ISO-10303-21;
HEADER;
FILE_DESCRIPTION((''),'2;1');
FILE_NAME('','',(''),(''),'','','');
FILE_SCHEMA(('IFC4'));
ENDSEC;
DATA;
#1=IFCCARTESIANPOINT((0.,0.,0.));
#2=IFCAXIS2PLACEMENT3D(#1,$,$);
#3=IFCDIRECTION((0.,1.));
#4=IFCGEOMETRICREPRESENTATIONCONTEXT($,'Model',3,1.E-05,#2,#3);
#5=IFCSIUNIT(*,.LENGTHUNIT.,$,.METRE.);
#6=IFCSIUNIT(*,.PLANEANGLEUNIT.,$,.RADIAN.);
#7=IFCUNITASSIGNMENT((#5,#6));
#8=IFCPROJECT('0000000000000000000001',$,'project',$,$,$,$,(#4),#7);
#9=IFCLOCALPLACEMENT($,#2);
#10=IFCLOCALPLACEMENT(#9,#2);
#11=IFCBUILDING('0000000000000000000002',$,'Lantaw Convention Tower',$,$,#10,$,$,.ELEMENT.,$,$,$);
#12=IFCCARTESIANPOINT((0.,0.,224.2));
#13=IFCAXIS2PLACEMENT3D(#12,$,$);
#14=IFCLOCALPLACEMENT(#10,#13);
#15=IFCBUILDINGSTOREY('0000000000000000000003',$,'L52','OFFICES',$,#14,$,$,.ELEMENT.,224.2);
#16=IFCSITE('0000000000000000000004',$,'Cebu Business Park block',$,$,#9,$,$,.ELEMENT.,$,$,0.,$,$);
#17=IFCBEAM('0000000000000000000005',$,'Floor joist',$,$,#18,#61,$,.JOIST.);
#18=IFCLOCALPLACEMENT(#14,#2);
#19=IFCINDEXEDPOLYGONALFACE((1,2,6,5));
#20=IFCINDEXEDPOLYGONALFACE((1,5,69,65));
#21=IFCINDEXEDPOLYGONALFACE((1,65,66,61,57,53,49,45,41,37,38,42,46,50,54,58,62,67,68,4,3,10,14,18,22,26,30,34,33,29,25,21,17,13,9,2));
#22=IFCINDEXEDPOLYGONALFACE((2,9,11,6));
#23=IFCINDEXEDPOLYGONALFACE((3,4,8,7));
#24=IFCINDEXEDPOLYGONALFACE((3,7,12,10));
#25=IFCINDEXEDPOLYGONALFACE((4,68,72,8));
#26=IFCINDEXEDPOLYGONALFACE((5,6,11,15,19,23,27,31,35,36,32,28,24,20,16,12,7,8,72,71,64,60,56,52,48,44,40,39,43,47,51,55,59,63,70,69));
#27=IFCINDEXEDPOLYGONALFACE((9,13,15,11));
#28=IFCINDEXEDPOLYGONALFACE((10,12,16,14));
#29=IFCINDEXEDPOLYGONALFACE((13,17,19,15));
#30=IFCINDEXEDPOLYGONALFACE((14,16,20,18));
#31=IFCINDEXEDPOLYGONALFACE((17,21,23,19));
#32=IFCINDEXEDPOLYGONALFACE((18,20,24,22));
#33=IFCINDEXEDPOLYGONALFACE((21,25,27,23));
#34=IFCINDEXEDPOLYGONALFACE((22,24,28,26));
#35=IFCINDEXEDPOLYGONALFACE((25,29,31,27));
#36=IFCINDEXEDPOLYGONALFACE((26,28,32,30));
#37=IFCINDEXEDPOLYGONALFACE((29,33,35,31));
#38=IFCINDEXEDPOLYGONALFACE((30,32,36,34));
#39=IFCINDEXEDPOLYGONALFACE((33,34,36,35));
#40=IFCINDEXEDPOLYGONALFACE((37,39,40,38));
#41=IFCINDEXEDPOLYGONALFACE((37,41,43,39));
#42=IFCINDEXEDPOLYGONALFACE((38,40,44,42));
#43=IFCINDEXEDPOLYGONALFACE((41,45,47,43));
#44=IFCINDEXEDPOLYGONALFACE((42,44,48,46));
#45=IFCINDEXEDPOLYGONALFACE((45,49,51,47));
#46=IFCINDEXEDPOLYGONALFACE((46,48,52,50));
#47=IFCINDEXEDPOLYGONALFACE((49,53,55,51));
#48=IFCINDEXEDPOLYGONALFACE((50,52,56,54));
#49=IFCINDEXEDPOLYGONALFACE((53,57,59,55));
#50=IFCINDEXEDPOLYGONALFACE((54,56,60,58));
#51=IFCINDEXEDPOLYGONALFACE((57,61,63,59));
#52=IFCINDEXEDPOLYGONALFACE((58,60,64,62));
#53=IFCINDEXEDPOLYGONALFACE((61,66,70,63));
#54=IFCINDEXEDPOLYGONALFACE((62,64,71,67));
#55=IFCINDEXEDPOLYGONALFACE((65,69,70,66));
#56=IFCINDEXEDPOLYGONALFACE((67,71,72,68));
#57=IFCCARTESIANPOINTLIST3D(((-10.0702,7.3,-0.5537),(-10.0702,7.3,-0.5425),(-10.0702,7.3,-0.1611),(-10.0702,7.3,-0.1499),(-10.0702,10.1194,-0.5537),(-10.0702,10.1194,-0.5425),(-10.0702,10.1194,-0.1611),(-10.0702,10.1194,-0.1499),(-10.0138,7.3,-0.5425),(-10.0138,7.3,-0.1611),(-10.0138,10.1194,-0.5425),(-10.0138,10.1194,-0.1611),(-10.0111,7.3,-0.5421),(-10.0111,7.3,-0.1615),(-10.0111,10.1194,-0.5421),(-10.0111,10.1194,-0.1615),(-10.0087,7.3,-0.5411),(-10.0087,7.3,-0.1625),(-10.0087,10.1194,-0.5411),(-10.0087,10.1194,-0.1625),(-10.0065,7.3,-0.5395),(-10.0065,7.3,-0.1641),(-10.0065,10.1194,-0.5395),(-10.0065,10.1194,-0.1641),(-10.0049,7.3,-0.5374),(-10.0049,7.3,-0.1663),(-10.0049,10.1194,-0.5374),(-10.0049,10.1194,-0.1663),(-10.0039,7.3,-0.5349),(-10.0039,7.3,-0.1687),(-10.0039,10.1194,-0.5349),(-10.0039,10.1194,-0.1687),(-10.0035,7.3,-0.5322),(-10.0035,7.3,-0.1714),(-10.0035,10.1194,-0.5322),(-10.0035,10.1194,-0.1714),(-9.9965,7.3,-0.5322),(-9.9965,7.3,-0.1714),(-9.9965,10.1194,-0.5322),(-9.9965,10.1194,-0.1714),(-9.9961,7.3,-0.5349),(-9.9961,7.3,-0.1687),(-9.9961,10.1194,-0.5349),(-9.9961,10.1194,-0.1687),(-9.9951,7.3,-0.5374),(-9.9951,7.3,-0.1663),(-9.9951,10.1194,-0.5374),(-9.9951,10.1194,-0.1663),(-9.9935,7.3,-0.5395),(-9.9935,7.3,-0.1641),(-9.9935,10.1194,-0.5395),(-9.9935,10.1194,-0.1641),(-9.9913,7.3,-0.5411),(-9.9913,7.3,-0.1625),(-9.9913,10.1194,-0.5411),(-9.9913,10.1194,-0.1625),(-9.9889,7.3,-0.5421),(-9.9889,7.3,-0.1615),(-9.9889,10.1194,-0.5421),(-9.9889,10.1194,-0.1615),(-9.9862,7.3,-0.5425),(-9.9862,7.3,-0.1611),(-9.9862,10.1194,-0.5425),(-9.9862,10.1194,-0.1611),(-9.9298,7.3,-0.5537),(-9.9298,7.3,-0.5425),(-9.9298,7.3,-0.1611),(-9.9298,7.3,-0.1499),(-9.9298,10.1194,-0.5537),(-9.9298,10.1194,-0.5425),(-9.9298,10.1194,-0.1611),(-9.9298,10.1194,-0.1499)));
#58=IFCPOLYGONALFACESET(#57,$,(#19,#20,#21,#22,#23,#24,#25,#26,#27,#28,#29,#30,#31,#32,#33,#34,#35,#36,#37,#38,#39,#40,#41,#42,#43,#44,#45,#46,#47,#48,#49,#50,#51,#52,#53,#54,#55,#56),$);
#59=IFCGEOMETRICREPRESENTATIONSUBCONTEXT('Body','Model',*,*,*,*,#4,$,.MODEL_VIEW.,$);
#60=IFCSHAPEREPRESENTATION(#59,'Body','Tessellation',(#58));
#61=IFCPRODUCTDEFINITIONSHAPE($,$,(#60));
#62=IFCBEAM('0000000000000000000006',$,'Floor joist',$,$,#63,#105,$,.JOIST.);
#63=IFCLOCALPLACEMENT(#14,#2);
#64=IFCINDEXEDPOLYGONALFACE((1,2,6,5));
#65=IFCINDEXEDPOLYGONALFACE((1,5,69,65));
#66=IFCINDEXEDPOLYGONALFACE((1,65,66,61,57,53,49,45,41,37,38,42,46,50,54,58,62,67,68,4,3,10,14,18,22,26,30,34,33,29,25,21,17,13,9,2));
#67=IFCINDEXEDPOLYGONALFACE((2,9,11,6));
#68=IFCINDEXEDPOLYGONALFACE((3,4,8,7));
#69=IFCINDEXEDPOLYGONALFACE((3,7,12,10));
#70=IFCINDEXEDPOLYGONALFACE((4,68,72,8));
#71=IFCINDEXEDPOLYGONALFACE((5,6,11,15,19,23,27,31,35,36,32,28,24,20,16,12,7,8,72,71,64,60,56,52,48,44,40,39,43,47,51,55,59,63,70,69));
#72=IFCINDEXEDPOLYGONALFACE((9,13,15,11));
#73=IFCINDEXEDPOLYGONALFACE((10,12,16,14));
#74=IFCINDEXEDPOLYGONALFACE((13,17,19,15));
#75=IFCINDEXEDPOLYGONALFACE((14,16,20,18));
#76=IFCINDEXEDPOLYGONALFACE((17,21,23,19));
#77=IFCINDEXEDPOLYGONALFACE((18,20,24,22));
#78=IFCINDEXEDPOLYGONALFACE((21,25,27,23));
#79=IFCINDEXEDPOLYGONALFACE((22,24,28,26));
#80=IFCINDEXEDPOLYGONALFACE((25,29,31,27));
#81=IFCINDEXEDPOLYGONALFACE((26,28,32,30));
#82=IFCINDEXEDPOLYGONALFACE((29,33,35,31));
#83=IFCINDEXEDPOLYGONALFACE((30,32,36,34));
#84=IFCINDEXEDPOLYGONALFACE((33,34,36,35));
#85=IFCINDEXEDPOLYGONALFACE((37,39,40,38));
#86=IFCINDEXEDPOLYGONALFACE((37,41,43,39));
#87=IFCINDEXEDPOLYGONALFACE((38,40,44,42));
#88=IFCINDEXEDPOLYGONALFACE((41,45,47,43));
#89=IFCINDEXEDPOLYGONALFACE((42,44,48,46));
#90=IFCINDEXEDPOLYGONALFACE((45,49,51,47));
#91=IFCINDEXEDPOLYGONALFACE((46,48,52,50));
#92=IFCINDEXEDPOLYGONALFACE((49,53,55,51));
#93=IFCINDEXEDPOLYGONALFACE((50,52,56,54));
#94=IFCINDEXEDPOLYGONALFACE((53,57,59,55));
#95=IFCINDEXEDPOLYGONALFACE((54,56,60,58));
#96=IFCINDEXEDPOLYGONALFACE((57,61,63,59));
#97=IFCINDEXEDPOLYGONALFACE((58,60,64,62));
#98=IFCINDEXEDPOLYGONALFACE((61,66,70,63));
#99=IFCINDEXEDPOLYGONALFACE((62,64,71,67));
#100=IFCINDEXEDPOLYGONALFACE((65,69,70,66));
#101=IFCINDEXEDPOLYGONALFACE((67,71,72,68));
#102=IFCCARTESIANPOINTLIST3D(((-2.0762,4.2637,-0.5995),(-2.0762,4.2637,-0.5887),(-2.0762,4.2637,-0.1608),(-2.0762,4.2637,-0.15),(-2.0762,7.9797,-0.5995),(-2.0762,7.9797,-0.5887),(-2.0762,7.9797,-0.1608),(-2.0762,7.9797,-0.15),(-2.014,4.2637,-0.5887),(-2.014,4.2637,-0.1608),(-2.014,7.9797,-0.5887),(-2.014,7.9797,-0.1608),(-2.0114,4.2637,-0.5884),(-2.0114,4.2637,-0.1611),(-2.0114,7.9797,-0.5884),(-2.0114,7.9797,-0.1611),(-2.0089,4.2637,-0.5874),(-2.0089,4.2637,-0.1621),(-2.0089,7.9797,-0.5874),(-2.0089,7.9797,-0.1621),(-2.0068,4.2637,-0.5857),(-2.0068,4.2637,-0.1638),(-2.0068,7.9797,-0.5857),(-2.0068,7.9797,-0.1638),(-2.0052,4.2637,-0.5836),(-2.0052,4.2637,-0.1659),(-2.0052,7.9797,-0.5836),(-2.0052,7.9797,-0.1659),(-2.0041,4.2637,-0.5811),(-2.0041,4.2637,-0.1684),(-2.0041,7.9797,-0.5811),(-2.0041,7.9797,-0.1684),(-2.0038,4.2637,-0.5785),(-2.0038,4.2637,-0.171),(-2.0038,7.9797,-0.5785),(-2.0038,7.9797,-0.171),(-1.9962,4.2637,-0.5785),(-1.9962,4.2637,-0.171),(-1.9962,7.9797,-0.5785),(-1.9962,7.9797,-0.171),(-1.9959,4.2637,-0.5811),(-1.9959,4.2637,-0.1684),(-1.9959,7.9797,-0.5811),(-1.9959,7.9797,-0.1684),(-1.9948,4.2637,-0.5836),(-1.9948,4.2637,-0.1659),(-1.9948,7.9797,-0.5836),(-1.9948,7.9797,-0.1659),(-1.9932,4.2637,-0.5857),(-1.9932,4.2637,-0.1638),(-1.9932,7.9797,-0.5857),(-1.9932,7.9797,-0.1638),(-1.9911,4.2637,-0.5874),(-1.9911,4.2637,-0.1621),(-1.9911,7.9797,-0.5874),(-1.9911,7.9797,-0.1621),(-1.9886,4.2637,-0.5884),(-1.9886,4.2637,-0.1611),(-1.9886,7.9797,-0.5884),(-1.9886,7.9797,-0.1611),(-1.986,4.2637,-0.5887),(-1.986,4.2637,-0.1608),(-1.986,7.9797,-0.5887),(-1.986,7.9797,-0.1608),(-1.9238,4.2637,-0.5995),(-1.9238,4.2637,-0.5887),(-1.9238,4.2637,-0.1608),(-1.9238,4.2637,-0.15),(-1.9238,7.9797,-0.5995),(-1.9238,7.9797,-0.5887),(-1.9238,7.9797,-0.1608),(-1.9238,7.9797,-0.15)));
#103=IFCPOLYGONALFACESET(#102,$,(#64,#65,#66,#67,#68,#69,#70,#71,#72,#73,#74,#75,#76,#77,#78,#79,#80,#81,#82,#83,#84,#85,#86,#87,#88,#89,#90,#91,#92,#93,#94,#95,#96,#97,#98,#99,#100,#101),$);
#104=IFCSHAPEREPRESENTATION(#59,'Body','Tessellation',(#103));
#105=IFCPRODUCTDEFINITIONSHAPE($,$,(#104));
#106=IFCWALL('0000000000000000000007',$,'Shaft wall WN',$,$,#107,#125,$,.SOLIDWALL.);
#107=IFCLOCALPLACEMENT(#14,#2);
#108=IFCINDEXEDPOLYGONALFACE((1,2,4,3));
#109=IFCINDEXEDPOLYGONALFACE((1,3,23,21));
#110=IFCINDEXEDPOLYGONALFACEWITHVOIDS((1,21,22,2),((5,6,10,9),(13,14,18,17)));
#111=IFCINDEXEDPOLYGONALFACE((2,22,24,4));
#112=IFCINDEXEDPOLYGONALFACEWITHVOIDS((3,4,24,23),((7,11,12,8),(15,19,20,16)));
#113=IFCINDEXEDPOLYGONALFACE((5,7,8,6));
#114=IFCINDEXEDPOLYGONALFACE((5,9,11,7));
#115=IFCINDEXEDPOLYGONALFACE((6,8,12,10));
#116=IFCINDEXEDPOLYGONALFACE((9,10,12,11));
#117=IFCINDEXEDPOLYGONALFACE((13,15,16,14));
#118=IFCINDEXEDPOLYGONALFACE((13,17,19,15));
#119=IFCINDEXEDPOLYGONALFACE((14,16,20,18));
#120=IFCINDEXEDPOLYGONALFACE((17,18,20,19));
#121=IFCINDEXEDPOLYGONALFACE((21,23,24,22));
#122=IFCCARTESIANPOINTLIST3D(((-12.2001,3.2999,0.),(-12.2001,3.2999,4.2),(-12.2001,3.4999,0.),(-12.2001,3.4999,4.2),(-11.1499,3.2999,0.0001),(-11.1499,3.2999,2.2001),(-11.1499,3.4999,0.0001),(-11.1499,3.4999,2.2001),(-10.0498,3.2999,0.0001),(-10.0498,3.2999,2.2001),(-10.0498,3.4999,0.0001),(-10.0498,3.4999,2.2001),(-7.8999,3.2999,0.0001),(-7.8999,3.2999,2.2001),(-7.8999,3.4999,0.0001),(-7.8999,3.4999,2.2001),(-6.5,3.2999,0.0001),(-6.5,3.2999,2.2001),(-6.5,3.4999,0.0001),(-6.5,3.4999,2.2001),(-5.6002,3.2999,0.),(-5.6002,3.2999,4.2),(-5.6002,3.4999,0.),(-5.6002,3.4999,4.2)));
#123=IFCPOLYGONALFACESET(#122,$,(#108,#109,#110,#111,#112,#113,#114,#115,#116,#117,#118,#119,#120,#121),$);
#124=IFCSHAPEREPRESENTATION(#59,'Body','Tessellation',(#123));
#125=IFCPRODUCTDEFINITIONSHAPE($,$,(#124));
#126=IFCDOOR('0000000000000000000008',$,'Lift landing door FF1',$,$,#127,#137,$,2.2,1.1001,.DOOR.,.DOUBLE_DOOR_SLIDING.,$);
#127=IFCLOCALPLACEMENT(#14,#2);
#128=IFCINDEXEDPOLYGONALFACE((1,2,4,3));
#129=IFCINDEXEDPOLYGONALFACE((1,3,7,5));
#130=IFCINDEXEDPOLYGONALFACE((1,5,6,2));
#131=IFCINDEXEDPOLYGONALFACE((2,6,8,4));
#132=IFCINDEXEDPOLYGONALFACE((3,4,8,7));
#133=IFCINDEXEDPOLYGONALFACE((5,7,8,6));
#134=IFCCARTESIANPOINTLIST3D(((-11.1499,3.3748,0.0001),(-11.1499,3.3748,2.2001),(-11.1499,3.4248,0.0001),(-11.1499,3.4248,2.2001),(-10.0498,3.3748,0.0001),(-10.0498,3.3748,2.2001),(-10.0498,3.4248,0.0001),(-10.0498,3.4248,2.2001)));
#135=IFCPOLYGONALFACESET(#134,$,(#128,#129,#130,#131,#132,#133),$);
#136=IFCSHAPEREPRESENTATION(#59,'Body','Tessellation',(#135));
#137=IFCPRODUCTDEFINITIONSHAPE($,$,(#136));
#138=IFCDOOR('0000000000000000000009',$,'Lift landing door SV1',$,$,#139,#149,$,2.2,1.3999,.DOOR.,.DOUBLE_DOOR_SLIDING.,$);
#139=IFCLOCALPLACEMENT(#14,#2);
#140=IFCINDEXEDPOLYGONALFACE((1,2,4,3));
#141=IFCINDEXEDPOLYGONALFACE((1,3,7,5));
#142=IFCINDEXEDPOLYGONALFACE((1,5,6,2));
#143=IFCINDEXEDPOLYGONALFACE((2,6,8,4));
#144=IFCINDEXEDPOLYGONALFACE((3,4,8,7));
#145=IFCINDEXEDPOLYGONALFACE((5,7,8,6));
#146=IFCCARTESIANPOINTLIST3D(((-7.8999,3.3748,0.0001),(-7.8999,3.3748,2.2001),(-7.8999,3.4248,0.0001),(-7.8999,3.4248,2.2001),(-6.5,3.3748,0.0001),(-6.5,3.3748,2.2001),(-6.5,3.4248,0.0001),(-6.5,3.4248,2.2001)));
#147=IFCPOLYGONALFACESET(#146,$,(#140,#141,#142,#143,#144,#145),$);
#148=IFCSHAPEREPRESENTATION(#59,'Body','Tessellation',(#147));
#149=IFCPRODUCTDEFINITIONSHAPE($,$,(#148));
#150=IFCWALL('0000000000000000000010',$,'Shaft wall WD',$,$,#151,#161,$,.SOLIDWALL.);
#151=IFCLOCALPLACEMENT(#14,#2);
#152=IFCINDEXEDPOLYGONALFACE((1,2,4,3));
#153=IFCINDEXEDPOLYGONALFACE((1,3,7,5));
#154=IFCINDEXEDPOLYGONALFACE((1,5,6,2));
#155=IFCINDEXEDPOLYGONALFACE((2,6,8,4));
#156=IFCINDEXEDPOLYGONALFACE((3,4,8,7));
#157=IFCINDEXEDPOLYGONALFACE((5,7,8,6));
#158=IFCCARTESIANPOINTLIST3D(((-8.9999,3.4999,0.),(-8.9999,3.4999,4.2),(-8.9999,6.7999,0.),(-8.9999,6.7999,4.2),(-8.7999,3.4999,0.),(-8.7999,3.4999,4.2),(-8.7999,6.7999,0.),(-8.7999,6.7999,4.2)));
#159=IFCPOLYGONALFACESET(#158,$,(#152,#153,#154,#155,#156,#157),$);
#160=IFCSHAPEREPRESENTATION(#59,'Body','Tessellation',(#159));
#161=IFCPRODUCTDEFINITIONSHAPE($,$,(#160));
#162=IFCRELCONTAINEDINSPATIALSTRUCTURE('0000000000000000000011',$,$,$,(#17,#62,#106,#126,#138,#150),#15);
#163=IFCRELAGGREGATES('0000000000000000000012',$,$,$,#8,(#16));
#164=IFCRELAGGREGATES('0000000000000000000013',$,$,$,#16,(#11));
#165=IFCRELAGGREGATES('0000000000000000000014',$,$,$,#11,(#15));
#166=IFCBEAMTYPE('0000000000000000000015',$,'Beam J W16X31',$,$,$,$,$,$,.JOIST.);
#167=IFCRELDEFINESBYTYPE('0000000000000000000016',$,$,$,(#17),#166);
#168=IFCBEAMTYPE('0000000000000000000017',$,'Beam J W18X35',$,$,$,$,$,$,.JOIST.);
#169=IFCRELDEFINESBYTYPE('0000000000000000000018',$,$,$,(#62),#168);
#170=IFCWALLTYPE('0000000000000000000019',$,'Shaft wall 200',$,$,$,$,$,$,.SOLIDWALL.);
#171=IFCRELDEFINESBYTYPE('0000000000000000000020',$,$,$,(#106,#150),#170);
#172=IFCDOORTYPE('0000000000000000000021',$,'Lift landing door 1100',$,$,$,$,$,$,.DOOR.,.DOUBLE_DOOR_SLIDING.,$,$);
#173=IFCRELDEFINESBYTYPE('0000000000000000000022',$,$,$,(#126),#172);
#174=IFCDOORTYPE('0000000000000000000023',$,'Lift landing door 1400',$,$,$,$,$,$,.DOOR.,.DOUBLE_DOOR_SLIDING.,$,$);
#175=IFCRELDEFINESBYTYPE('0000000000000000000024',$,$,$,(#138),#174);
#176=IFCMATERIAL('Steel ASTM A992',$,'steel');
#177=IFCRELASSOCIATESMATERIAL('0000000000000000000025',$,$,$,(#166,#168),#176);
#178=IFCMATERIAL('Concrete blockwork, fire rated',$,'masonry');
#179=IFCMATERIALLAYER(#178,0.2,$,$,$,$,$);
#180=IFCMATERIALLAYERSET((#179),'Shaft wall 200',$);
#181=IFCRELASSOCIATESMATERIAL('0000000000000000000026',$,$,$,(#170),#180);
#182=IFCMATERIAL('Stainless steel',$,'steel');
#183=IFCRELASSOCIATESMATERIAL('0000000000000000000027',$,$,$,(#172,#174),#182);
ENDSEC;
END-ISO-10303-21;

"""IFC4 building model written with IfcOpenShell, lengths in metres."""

from ifc_helpers import new_model, si_unit, direction, frame, frame_2d, origin, origin_2d, place, context, subcontext, project, spatial, rectangle, i_section, extrude, material, layer, layer_set, material_profile, profile_set, type_object, element, fill, save


model = new_model("IFC4")

# Units and contexts
model_context = context("Model", 3, precision=1e-05, world=origin(), true_north=direction((0.0, 1.0)))
body_context = subcontext(model_context, "Body", "Model", "MODEL_VIEW")
ifc_project = project(units=[si_unit("LENGTHUNIT", "METRE"), si_unit("PLANEANGLEUNIT", "RADIAN")], contexts=[model_context])

# Site, building, storey
site_placement = place(None, origin())
site = spatial("IfcSite", under=ifc_project, at=site_placement, Name="Cebu Business Park block", CompositionType="ELEMENT", RefElevation=0.0)
building_placement = place(site_placement, origin())
building = spatial("IfcBuilding", under=site, at=building_placement, Name="Lantaw Convention Tower", CompositionType="ELEMENT")
storey_placement = place(building_placement, frame((0.0, 0.0, 224.2)))
storey = spatial("IfcBuildingStorey", under=building, at=storey_placement, Name="L52", Description="OFFICES", CompositionType="ELEMENT", Elevation=224.2)

# Beams
ifc_material_1 = material(Name="Steel ASTM A992", Category="steel")
ifc_material_profile_1 = material_profile(ifc_material_1, i_section(OverallWidth=0.1404, OverallDepth=0.4038, WebThickness=0.0071, FlangeThickness=0.0112, FilletRadius=0.0103, at=origin_2d()), Name="W16X31")
ifc_profile_set_1 = profile_set([ifc_material_profile_1], Name="Steel ASTM A992")
beam_type_1 = type_object("IfcBeamType", Name="Beam J W16X31", PredefinedType="JOIST", material=ifc_profile_set_1)
beam_1_placement = place(storey_placement, frame((-10.0, 7.3, -0.3518), z_axis=(0.0, 1.0, 0.0), x_axis=(-1.0, 0.0, 0.0)))
element("IfcBeam", 1, at=beam_1_placement, inside=storey, type_object=beam_type_1, Name="Floor joist", PredefinedType="JOIST", context=body_context, shape_type="SweptSolid", body=[
    extrude(i_section(OverallWidth=0.1404, OverallDepth=0.4038, WebThickness=0.0071, FlangeThickness=0.0112, FilletRadius=0.0103, at=origin_2d()), origin(), (0.0, 0.0, 1.0), 2.8193),
])
ifc_material_profile_2 = material_profile(ifc_material_1, i_section(OverallWidth=0.1523, OverallDepth=0.4495, WebThickness=0.0076, FlangeThickness=0.0107, FilletRadius=0.0103, at=origin_2d()), Name="W18X35")
ifc_profile_set_2 = profile_set([ifc_material_profile_2], Name="Steel ASTM A992")
beam_type_2 = type_object("IfcBeamType", Name="Beam J W18X35", PredefinedType="JOIST", material=ifc_profile_set_2)
beam_2_placement = place(storey_placement, frame((-2.0, 4.2637, -0.3748), z_axis=(0.0, 1.0, 0.0), x_axis=(-1.0, 0.0, 0.0)))
element("IfcBeam", 2, at=beam_2_placement, inside=storey, type_object=beam_type_2, Name="Floor joist", PredefinedType="JOIST", context=body_context, shape_type="SweptSolid", body=[
    extrude(i_section(OverallWidth=0.1523, OverallDepth=0.4495, WebThickness=0.0076, FlangeThickness=0.0107, FilletRadius=0.0103, at=origin_2d()), origin(), (0.0, 0.0, 1.0), 3.7161),
])

# Wall, openings, doors
ifc_material_2 = material(Name="Concrete blockwork, fire rated", Category="masonry")
ifc_layer_1 = layer(ifc_material_2, 0.2)
ifc_layer_set_1 = layer_set([ifc_layer_1], Name="Shaft wall 200")
wall_type_1 = type_object("IfcWallType", Name="Shaft wall 200", PredefinedType="SOLIDWALL", material=ifc_layer_set_1)
wall_1_placement = place(storey_placement, frame((-12.2, 3.3999, 0.0), z_axis=(0.0, 0.0, 1.0), x_axis=(1.0, 0.0, 0.0)))
wall_1 = element("IfcWall", 3, at=wall_1_placement, inside=storey, type_object=wall_type_1, Name="Shaft wall WN", PredefinedType="SOLIDWALL", context=body_context, shape_type="SweptSolid", body=[
    extrude(rectangle(XDim=6.5999, YDim=0.2, at=frame_2d((3.2998, 0.0))), origin(), (0.0, 0.0, 1.0), 4.2),
])
opening_1_placement = place(wall_1_placement, frame((1.05, 0.0, 0.0)))
opening_1 = element("IfcOpeningElement", 4, at=opening_1_placement, cuts=wall_1, PredefinedType="OPENING", context=body_context, shape_type="SweptSolid", body=[
    extrude(rectangle(XDim=1.1001, YDim=2.2, at=frame_2d((0.55, 1.1001))), frame((0.0, 0.1099, 0.0), z_axis=(0.0, -1.0, 0.0), x_axis=(1.0, 0.0, 0.0)), (0.0, 0.0, 1.0), 0.22),
])
opening_2_placement = place(wall_1_placement, frame((4.3, 0.0, 0.0)))
opening_2 = element("IfcOpeningElement", 5, at=opening_2_placement, cuts=wall_1, PredefinedType="OPENING", context=body_context, shape_type="SweptSolid", body=[
    extrude(rectangle(XDim=1.3999, YDim=2.2, at=frame_2d((0.7, 1.1001))), frame((0.0, 0.1099, 0.0), z_axis=(0.0, -1.0, 0.0), x_axis=(1.0, 0.0, 0.0)), (0.0, 0.0, 1.0), 0.22),
])
ifc_material_3 = material(Name="Stainless steel", Category="steel")
door_type_1 = type_object("IfcDoorType", Name="Lift landing door 1100", OperationType="DOUBLE_DOOR_SLIDING", PredefinedType="DOOR", material=ifc_material_3)
door_1_placement = place(opening_1_placement, origin())
door_1 = element("IfcDoor", 6, at=door_1_placement, inside=storey, type_object=door_type_1, Name="Lift landing door FF1", OperationType="DOUBLE_DOOR_SLIDING", OverallHeight=2.2, OverallWidth=1.1001, PredefinedType="DOOR", context=body_context, shape_type="SweptSolid", body=[
    extrude(rectangle(XDim=1.1001, YDim=2.2, at=frame_2d((0.55, 1.1001))), frame((0.0, 0.0249, 0.0), z_axis=(0.0, -1.0, 0.0), x_axis=(1.0, 0.0, 0.0)), (0.0, 0.0, 1.0), 0.05),
])
fill(opening_1, door_1)
door_type_2 = type_object("IfcDoorType", Name="Lift landing door 1400", OperationType="DOUBLE_DOOR_SLIDING", PredefinedType="DOOR", material=ifc_material_3)
door_2_placement = place(opening_2_placement, origin())
door_2 = element("IfcDoor", 7, at=door_2_placement, inside=storey, type_object=door_type_2, Name="Lift landing door SV1", OperationType="DOUBLE_DOOR_SLIDING", OverallHeight=2.2, OverallWidth=1.3999, PredefinedType="DOOR", context=body_context, shape_type="SweptSolid", body=[
    extrude(rectangle(XDim=1.3999, YDim=2.2, at=frame_2d((0.7, 1.1001))), frame((0.0, 0.0249, 0.0), z_axis=(0.0, -1.0, 0.0), x_axis=(1.0, 0.0, 0.0)), (0.0, 0.0, 1.0), 0.05),
])
fill(opening_2, door_2)

# Wall
wall_2_placement = place(storey_placement, frame((-8.8999, 3.5, 0.0), z_axis=(0.0, 0.0, 1.0), x_axis=(0.0, 1.0, 0.0)))
element("IfcWall", 8, at=wall_2_placement, inside=storey, type_object=wall_type_1, Name="Shaft wall WD", PredefinedType="SOLIDWALL", context=body_context, shape_type="SweptSolid", body=[
    extrude(rectangle(XDim=3.3, YDim=0.2, at=frame_2d((1.6499, 0.0))), origin(), (0.0, 0.0, 1.0), 4.2),
])

save(model, "model.ifc")
